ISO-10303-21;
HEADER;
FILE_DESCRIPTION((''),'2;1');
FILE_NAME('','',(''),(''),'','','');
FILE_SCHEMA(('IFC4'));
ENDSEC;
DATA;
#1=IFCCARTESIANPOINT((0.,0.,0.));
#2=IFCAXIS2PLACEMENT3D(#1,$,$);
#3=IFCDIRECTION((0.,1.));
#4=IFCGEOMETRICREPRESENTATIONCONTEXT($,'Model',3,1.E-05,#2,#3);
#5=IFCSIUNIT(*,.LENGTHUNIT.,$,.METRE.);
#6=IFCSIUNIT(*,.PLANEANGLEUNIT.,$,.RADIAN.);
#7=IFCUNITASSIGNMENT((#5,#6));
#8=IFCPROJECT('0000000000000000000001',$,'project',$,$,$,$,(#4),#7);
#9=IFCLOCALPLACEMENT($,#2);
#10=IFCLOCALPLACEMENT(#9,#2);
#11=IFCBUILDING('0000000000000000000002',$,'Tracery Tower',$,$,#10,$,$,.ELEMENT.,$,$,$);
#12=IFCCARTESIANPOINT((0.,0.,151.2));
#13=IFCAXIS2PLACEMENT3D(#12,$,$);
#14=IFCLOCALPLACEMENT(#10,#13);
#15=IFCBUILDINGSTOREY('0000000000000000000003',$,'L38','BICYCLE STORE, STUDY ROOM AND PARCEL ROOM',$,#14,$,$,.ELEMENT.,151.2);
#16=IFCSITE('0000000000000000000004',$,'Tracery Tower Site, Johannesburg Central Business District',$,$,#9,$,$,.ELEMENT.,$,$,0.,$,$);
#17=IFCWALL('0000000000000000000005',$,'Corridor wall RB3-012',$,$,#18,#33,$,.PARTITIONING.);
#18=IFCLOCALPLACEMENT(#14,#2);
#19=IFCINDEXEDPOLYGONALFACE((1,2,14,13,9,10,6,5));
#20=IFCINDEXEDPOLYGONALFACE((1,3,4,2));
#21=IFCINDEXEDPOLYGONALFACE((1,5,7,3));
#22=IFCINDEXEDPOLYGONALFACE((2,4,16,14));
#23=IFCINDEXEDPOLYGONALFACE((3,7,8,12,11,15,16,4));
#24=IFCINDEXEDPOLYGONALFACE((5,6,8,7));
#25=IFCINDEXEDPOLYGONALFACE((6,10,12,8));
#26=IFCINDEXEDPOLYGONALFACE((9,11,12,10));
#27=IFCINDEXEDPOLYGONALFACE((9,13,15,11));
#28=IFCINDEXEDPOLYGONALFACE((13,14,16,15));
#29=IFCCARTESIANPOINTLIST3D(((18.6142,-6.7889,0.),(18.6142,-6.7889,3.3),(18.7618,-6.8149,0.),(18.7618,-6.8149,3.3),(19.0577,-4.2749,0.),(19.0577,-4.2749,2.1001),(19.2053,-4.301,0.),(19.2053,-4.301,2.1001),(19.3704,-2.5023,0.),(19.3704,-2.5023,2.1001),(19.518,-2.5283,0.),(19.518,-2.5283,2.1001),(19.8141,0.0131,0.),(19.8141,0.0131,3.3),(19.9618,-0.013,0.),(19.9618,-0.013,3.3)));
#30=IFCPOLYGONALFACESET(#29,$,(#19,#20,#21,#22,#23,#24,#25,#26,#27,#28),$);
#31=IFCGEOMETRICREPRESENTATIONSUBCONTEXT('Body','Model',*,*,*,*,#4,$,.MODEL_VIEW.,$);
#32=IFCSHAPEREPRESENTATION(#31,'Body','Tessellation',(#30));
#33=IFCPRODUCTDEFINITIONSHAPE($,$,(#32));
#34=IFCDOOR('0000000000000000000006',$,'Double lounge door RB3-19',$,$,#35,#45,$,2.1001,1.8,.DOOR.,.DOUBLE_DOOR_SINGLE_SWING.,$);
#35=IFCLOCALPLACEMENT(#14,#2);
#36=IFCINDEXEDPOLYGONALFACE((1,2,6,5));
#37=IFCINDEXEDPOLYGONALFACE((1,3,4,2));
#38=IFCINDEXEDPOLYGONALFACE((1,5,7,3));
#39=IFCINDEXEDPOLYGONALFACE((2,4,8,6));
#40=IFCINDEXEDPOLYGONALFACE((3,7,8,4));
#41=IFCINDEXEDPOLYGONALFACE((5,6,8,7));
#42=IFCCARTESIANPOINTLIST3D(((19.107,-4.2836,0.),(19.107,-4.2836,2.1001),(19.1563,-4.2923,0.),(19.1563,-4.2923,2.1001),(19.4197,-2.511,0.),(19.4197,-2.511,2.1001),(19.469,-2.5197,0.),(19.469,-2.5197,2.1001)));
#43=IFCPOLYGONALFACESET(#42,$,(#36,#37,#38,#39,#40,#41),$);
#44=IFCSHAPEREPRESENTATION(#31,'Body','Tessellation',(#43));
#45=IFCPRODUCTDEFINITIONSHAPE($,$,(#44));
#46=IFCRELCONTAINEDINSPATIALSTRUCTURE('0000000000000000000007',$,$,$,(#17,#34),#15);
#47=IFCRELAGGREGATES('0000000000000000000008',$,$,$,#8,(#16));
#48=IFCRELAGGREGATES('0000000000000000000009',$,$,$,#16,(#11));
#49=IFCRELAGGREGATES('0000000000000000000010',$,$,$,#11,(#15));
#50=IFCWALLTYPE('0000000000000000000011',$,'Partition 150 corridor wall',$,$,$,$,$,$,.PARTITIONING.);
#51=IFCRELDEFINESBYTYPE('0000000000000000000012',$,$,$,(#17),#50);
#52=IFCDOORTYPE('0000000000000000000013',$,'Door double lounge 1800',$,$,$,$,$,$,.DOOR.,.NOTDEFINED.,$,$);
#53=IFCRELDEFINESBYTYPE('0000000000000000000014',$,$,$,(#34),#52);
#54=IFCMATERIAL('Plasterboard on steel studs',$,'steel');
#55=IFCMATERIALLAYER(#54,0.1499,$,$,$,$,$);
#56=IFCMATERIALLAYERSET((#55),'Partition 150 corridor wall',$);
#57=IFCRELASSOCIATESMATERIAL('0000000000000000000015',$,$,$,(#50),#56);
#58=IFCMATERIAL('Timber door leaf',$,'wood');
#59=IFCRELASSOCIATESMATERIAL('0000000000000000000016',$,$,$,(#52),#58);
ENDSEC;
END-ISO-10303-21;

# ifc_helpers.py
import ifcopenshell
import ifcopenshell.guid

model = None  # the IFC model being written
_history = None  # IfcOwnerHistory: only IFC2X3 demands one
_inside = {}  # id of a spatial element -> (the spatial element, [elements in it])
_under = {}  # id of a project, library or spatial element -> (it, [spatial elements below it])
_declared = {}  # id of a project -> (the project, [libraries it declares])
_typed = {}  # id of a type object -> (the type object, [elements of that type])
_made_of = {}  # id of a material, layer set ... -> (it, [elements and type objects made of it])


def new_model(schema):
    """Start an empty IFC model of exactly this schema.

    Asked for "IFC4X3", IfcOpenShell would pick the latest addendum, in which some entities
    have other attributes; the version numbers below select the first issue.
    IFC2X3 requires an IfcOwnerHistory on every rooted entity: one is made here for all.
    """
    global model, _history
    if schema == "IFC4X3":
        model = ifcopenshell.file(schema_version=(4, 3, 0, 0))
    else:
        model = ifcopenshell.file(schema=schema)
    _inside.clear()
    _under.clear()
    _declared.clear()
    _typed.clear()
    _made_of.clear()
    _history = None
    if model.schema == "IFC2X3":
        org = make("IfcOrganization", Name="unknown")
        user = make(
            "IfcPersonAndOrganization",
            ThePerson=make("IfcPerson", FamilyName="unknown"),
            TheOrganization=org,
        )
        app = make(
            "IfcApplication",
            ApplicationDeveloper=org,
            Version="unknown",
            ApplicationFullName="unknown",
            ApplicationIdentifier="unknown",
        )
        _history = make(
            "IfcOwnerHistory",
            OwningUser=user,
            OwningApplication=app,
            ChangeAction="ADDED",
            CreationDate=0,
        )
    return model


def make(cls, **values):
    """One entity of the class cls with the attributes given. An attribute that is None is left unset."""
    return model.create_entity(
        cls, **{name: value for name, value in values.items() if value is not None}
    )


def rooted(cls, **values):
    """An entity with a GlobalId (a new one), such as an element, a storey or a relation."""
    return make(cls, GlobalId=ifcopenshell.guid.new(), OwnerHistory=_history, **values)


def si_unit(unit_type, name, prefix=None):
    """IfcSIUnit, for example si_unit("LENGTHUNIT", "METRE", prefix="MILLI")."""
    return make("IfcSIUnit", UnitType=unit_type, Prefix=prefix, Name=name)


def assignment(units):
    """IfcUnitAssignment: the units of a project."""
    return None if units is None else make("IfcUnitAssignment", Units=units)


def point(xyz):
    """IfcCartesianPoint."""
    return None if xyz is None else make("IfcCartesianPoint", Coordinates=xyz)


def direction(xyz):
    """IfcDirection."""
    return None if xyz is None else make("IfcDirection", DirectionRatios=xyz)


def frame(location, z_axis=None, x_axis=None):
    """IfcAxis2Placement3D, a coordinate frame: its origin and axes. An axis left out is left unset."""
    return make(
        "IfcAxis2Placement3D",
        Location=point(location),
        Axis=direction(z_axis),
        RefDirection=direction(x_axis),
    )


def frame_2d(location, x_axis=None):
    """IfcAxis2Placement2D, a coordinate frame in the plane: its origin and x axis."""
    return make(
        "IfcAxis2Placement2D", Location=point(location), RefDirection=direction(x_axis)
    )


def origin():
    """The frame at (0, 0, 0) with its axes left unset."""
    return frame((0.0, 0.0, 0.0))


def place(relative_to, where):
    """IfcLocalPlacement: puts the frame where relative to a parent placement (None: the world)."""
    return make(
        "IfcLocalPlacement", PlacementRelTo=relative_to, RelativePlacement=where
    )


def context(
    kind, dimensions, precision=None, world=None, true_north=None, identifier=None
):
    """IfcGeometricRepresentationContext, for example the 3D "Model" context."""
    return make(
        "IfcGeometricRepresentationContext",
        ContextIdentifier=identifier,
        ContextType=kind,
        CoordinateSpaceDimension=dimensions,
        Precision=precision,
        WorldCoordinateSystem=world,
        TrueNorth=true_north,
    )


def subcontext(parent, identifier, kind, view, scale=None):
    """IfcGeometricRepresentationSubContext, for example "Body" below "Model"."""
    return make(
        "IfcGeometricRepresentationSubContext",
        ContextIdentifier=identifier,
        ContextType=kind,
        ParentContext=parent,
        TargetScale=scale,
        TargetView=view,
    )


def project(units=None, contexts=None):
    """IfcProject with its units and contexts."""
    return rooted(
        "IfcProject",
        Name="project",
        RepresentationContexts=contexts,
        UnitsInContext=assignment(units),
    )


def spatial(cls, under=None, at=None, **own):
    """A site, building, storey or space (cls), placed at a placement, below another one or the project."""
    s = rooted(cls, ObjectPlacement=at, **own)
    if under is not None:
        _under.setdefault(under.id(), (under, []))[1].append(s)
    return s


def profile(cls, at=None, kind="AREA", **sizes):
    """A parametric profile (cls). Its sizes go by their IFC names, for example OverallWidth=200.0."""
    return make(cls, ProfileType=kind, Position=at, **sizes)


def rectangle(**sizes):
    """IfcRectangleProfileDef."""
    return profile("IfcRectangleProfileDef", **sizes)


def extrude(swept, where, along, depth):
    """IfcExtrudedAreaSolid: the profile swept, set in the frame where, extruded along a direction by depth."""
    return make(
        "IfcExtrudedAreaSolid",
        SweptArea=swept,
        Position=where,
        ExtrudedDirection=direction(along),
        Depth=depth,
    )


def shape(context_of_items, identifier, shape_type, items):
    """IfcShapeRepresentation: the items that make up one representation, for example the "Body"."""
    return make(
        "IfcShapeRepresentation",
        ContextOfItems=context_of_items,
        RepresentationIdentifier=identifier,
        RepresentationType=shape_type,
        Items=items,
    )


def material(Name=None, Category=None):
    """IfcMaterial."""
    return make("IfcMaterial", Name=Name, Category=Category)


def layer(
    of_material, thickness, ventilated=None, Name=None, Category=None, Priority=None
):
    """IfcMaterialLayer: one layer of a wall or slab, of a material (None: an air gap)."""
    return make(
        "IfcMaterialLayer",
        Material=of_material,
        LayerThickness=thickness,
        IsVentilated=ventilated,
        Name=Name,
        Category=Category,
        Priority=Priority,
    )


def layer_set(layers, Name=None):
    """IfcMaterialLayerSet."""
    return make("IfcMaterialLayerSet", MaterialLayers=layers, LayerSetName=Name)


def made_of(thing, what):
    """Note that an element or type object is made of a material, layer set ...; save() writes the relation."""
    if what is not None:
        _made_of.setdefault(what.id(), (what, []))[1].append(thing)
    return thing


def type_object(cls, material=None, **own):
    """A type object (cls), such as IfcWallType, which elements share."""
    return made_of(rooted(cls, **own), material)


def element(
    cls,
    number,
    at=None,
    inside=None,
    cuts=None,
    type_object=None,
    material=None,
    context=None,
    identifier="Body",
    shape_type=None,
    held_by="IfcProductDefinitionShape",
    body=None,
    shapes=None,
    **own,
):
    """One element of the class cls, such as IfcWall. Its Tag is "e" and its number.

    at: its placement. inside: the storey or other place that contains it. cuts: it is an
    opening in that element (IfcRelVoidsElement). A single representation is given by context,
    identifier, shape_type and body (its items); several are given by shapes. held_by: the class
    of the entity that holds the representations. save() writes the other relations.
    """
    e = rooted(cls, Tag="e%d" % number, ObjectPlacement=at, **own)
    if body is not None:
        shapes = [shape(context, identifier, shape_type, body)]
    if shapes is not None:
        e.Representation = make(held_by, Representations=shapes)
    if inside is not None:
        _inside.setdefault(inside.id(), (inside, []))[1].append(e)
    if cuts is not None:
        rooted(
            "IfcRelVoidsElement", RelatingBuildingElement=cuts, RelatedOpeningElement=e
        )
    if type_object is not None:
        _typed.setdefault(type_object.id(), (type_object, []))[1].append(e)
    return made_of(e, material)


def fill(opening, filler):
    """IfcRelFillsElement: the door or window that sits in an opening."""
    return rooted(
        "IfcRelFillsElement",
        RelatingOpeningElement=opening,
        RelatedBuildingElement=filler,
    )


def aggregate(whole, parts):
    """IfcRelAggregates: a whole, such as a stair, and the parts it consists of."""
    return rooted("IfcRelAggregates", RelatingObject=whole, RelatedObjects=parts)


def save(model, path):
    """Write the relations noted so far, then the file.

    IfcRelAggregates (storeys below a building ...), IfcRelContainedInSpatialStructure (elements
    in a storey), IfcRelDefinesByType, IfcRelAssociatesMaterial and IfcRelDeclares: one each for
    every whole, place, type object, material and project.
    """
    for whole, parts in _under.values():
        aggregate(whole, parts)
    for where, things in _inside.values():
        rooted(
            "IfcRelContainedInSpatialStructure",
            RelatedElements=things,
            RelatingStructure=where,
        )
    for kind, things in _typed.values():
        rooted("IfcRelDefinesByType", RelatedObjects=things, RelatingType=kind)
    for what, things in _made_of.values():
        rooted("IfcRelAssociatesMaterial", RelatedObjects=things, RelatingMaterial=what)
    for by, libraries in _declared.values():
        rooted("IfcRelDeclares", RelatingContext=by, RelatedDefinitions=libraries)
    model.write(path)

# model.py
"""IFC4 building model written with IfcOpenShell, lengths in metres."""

from ifc_helpers import new_model, si_unit, direction, frame, frame_2d, origin, place, context, subcontext, project, spatial, rectangle, extrude, material, layer, layer_set, type_object, element, fill, save


model = new_model("IFC4")

# Units and contexts
model_context = context("Model", 3, precision=1e-05, world=origin(), true_north=direction((0.0, 1.0)))
body_context = subcontext(model_context, "Body", "Model", "MODEL_VIEW")
ifc_project = project(units=[si_unit("LENGTHUNIT", "METRE"), si_unit("PLANEANGLEUNIT", "RADIAN")], contexts=[model_context])

# Site, building, storey
site_placement = place(None, origin())
site = spatial("IfcSite", under=ifc_project, at=site_placement, Name="Tracery Tower Site, Johannesburg Central Business District", CompositionType="ELEMENT", RefElevation=0.0)
building_placement = place(site_placement, origin())
building = spatial("IfcBuilding", under=site, at=building_placement, Name="Tracery Tower", CompositionType="ELEMENT")
storey_placement = place(building_placement, frame((0.0, 0.0, 151.2)))
storey = spatial("IfcBuildingStorey", under=building, at=storey_placement, Name="L38", Description="BICYCLE STORE, STUDY ROOM AND PARCEL ROOM", CompositionType="ELEMENT", Elevation=151.2)

# Shared definitions
ifc_material_1 = material(Name="Plasterboard on steel studs", Category="steel")
ifc_layer_1 = layer(ifc_material_1, 0.1499)
ifc_layer_set_1 = layer_set([ifc_layer_1], Name="Partition 150 corridor wall")
wall_type_1 = type_object("IfcWallType", Name="Partition 150 corridor wall", PredefinedType="PARTITIONING", material=ifc_layer_set_1)

# Wall, opening, door
wall_1_placement = place(storey_placement, frame((18.688, -6.802, 0.0), z_axis=(0.0, 0.0, 1.0), x_axis=(0.173729, 0.984794, 0.0)))
wall_1 = element("IfcWall", 1, at=wall_1_placement, inside=storey, type_object=wall_type_1, Name="Corridor wall RB3-012", PredefinedType="PARTITIONING", context=body_context, shape_type="SweptSolid", body=[
    extrude(rectangle(XDim=6.907, YDim=0.1499, at=frame_2d((3.4536, 0.0))), origin(), (0.0, 0.0, 1.0), 3.3),
])
opening_1_placement = place(wall_1_placement, frame((2.553, 0.0, 0.0)))
opening_1 = element("IfcOpeningElement", 2, at=opening_1_placement, cuts=wall_1, PredefinedType="OPENING", context=body_context, shape_type="SweptSolid", body=[
    extrude(rectangle(XDim=1.8, YDim=2.1001, at=frame_2d((0.8999, 1.05))), frame((0.0, 0.075, 0.0), z_axis=(0.0, -1.0, 0.0), x_axis=(1.0, 0.0, 0.0)), (0.0, 0.0, 1.0), 0.1499),
])
ifc_material_2 = material(Name="Timber door leaf", Category="wood")
door_type_1 = type_object("IfcDoorType", Name="Door double lounge 1800", OperationType="NOTDEFINED", PredefinedType="DOOR", material=ifc_material_2)
door_1_placement = place(opening_1_placement, origin())
door_1 = element("IfcDoor", 3, at=door_1_placement, inside=storey, type_object=door_type_1, Name="Double lounge door RB3-19", OperationType="DOUBLE_DOOR_SINGLE_SWING", OverallHeight=2.1001, OverallWidth=1.8, PredefinedType="DOOR", context=body_context, shape_type="SweptSolid", body=[
    extrude(rectangle(XDim=1.8, YDim=2.1001, at=frame_2d((0.8999, 1.05))), frame((0.0, 0.0249, 0.0), z_axis=(0.0, -1.0, 0.0), x_axis=(1.0, 0.0, 0.0)), (0.0, 0.0, 1.0), 0.05),
])
fill(opening_1, door_1)

save(model, "model.ifc")
